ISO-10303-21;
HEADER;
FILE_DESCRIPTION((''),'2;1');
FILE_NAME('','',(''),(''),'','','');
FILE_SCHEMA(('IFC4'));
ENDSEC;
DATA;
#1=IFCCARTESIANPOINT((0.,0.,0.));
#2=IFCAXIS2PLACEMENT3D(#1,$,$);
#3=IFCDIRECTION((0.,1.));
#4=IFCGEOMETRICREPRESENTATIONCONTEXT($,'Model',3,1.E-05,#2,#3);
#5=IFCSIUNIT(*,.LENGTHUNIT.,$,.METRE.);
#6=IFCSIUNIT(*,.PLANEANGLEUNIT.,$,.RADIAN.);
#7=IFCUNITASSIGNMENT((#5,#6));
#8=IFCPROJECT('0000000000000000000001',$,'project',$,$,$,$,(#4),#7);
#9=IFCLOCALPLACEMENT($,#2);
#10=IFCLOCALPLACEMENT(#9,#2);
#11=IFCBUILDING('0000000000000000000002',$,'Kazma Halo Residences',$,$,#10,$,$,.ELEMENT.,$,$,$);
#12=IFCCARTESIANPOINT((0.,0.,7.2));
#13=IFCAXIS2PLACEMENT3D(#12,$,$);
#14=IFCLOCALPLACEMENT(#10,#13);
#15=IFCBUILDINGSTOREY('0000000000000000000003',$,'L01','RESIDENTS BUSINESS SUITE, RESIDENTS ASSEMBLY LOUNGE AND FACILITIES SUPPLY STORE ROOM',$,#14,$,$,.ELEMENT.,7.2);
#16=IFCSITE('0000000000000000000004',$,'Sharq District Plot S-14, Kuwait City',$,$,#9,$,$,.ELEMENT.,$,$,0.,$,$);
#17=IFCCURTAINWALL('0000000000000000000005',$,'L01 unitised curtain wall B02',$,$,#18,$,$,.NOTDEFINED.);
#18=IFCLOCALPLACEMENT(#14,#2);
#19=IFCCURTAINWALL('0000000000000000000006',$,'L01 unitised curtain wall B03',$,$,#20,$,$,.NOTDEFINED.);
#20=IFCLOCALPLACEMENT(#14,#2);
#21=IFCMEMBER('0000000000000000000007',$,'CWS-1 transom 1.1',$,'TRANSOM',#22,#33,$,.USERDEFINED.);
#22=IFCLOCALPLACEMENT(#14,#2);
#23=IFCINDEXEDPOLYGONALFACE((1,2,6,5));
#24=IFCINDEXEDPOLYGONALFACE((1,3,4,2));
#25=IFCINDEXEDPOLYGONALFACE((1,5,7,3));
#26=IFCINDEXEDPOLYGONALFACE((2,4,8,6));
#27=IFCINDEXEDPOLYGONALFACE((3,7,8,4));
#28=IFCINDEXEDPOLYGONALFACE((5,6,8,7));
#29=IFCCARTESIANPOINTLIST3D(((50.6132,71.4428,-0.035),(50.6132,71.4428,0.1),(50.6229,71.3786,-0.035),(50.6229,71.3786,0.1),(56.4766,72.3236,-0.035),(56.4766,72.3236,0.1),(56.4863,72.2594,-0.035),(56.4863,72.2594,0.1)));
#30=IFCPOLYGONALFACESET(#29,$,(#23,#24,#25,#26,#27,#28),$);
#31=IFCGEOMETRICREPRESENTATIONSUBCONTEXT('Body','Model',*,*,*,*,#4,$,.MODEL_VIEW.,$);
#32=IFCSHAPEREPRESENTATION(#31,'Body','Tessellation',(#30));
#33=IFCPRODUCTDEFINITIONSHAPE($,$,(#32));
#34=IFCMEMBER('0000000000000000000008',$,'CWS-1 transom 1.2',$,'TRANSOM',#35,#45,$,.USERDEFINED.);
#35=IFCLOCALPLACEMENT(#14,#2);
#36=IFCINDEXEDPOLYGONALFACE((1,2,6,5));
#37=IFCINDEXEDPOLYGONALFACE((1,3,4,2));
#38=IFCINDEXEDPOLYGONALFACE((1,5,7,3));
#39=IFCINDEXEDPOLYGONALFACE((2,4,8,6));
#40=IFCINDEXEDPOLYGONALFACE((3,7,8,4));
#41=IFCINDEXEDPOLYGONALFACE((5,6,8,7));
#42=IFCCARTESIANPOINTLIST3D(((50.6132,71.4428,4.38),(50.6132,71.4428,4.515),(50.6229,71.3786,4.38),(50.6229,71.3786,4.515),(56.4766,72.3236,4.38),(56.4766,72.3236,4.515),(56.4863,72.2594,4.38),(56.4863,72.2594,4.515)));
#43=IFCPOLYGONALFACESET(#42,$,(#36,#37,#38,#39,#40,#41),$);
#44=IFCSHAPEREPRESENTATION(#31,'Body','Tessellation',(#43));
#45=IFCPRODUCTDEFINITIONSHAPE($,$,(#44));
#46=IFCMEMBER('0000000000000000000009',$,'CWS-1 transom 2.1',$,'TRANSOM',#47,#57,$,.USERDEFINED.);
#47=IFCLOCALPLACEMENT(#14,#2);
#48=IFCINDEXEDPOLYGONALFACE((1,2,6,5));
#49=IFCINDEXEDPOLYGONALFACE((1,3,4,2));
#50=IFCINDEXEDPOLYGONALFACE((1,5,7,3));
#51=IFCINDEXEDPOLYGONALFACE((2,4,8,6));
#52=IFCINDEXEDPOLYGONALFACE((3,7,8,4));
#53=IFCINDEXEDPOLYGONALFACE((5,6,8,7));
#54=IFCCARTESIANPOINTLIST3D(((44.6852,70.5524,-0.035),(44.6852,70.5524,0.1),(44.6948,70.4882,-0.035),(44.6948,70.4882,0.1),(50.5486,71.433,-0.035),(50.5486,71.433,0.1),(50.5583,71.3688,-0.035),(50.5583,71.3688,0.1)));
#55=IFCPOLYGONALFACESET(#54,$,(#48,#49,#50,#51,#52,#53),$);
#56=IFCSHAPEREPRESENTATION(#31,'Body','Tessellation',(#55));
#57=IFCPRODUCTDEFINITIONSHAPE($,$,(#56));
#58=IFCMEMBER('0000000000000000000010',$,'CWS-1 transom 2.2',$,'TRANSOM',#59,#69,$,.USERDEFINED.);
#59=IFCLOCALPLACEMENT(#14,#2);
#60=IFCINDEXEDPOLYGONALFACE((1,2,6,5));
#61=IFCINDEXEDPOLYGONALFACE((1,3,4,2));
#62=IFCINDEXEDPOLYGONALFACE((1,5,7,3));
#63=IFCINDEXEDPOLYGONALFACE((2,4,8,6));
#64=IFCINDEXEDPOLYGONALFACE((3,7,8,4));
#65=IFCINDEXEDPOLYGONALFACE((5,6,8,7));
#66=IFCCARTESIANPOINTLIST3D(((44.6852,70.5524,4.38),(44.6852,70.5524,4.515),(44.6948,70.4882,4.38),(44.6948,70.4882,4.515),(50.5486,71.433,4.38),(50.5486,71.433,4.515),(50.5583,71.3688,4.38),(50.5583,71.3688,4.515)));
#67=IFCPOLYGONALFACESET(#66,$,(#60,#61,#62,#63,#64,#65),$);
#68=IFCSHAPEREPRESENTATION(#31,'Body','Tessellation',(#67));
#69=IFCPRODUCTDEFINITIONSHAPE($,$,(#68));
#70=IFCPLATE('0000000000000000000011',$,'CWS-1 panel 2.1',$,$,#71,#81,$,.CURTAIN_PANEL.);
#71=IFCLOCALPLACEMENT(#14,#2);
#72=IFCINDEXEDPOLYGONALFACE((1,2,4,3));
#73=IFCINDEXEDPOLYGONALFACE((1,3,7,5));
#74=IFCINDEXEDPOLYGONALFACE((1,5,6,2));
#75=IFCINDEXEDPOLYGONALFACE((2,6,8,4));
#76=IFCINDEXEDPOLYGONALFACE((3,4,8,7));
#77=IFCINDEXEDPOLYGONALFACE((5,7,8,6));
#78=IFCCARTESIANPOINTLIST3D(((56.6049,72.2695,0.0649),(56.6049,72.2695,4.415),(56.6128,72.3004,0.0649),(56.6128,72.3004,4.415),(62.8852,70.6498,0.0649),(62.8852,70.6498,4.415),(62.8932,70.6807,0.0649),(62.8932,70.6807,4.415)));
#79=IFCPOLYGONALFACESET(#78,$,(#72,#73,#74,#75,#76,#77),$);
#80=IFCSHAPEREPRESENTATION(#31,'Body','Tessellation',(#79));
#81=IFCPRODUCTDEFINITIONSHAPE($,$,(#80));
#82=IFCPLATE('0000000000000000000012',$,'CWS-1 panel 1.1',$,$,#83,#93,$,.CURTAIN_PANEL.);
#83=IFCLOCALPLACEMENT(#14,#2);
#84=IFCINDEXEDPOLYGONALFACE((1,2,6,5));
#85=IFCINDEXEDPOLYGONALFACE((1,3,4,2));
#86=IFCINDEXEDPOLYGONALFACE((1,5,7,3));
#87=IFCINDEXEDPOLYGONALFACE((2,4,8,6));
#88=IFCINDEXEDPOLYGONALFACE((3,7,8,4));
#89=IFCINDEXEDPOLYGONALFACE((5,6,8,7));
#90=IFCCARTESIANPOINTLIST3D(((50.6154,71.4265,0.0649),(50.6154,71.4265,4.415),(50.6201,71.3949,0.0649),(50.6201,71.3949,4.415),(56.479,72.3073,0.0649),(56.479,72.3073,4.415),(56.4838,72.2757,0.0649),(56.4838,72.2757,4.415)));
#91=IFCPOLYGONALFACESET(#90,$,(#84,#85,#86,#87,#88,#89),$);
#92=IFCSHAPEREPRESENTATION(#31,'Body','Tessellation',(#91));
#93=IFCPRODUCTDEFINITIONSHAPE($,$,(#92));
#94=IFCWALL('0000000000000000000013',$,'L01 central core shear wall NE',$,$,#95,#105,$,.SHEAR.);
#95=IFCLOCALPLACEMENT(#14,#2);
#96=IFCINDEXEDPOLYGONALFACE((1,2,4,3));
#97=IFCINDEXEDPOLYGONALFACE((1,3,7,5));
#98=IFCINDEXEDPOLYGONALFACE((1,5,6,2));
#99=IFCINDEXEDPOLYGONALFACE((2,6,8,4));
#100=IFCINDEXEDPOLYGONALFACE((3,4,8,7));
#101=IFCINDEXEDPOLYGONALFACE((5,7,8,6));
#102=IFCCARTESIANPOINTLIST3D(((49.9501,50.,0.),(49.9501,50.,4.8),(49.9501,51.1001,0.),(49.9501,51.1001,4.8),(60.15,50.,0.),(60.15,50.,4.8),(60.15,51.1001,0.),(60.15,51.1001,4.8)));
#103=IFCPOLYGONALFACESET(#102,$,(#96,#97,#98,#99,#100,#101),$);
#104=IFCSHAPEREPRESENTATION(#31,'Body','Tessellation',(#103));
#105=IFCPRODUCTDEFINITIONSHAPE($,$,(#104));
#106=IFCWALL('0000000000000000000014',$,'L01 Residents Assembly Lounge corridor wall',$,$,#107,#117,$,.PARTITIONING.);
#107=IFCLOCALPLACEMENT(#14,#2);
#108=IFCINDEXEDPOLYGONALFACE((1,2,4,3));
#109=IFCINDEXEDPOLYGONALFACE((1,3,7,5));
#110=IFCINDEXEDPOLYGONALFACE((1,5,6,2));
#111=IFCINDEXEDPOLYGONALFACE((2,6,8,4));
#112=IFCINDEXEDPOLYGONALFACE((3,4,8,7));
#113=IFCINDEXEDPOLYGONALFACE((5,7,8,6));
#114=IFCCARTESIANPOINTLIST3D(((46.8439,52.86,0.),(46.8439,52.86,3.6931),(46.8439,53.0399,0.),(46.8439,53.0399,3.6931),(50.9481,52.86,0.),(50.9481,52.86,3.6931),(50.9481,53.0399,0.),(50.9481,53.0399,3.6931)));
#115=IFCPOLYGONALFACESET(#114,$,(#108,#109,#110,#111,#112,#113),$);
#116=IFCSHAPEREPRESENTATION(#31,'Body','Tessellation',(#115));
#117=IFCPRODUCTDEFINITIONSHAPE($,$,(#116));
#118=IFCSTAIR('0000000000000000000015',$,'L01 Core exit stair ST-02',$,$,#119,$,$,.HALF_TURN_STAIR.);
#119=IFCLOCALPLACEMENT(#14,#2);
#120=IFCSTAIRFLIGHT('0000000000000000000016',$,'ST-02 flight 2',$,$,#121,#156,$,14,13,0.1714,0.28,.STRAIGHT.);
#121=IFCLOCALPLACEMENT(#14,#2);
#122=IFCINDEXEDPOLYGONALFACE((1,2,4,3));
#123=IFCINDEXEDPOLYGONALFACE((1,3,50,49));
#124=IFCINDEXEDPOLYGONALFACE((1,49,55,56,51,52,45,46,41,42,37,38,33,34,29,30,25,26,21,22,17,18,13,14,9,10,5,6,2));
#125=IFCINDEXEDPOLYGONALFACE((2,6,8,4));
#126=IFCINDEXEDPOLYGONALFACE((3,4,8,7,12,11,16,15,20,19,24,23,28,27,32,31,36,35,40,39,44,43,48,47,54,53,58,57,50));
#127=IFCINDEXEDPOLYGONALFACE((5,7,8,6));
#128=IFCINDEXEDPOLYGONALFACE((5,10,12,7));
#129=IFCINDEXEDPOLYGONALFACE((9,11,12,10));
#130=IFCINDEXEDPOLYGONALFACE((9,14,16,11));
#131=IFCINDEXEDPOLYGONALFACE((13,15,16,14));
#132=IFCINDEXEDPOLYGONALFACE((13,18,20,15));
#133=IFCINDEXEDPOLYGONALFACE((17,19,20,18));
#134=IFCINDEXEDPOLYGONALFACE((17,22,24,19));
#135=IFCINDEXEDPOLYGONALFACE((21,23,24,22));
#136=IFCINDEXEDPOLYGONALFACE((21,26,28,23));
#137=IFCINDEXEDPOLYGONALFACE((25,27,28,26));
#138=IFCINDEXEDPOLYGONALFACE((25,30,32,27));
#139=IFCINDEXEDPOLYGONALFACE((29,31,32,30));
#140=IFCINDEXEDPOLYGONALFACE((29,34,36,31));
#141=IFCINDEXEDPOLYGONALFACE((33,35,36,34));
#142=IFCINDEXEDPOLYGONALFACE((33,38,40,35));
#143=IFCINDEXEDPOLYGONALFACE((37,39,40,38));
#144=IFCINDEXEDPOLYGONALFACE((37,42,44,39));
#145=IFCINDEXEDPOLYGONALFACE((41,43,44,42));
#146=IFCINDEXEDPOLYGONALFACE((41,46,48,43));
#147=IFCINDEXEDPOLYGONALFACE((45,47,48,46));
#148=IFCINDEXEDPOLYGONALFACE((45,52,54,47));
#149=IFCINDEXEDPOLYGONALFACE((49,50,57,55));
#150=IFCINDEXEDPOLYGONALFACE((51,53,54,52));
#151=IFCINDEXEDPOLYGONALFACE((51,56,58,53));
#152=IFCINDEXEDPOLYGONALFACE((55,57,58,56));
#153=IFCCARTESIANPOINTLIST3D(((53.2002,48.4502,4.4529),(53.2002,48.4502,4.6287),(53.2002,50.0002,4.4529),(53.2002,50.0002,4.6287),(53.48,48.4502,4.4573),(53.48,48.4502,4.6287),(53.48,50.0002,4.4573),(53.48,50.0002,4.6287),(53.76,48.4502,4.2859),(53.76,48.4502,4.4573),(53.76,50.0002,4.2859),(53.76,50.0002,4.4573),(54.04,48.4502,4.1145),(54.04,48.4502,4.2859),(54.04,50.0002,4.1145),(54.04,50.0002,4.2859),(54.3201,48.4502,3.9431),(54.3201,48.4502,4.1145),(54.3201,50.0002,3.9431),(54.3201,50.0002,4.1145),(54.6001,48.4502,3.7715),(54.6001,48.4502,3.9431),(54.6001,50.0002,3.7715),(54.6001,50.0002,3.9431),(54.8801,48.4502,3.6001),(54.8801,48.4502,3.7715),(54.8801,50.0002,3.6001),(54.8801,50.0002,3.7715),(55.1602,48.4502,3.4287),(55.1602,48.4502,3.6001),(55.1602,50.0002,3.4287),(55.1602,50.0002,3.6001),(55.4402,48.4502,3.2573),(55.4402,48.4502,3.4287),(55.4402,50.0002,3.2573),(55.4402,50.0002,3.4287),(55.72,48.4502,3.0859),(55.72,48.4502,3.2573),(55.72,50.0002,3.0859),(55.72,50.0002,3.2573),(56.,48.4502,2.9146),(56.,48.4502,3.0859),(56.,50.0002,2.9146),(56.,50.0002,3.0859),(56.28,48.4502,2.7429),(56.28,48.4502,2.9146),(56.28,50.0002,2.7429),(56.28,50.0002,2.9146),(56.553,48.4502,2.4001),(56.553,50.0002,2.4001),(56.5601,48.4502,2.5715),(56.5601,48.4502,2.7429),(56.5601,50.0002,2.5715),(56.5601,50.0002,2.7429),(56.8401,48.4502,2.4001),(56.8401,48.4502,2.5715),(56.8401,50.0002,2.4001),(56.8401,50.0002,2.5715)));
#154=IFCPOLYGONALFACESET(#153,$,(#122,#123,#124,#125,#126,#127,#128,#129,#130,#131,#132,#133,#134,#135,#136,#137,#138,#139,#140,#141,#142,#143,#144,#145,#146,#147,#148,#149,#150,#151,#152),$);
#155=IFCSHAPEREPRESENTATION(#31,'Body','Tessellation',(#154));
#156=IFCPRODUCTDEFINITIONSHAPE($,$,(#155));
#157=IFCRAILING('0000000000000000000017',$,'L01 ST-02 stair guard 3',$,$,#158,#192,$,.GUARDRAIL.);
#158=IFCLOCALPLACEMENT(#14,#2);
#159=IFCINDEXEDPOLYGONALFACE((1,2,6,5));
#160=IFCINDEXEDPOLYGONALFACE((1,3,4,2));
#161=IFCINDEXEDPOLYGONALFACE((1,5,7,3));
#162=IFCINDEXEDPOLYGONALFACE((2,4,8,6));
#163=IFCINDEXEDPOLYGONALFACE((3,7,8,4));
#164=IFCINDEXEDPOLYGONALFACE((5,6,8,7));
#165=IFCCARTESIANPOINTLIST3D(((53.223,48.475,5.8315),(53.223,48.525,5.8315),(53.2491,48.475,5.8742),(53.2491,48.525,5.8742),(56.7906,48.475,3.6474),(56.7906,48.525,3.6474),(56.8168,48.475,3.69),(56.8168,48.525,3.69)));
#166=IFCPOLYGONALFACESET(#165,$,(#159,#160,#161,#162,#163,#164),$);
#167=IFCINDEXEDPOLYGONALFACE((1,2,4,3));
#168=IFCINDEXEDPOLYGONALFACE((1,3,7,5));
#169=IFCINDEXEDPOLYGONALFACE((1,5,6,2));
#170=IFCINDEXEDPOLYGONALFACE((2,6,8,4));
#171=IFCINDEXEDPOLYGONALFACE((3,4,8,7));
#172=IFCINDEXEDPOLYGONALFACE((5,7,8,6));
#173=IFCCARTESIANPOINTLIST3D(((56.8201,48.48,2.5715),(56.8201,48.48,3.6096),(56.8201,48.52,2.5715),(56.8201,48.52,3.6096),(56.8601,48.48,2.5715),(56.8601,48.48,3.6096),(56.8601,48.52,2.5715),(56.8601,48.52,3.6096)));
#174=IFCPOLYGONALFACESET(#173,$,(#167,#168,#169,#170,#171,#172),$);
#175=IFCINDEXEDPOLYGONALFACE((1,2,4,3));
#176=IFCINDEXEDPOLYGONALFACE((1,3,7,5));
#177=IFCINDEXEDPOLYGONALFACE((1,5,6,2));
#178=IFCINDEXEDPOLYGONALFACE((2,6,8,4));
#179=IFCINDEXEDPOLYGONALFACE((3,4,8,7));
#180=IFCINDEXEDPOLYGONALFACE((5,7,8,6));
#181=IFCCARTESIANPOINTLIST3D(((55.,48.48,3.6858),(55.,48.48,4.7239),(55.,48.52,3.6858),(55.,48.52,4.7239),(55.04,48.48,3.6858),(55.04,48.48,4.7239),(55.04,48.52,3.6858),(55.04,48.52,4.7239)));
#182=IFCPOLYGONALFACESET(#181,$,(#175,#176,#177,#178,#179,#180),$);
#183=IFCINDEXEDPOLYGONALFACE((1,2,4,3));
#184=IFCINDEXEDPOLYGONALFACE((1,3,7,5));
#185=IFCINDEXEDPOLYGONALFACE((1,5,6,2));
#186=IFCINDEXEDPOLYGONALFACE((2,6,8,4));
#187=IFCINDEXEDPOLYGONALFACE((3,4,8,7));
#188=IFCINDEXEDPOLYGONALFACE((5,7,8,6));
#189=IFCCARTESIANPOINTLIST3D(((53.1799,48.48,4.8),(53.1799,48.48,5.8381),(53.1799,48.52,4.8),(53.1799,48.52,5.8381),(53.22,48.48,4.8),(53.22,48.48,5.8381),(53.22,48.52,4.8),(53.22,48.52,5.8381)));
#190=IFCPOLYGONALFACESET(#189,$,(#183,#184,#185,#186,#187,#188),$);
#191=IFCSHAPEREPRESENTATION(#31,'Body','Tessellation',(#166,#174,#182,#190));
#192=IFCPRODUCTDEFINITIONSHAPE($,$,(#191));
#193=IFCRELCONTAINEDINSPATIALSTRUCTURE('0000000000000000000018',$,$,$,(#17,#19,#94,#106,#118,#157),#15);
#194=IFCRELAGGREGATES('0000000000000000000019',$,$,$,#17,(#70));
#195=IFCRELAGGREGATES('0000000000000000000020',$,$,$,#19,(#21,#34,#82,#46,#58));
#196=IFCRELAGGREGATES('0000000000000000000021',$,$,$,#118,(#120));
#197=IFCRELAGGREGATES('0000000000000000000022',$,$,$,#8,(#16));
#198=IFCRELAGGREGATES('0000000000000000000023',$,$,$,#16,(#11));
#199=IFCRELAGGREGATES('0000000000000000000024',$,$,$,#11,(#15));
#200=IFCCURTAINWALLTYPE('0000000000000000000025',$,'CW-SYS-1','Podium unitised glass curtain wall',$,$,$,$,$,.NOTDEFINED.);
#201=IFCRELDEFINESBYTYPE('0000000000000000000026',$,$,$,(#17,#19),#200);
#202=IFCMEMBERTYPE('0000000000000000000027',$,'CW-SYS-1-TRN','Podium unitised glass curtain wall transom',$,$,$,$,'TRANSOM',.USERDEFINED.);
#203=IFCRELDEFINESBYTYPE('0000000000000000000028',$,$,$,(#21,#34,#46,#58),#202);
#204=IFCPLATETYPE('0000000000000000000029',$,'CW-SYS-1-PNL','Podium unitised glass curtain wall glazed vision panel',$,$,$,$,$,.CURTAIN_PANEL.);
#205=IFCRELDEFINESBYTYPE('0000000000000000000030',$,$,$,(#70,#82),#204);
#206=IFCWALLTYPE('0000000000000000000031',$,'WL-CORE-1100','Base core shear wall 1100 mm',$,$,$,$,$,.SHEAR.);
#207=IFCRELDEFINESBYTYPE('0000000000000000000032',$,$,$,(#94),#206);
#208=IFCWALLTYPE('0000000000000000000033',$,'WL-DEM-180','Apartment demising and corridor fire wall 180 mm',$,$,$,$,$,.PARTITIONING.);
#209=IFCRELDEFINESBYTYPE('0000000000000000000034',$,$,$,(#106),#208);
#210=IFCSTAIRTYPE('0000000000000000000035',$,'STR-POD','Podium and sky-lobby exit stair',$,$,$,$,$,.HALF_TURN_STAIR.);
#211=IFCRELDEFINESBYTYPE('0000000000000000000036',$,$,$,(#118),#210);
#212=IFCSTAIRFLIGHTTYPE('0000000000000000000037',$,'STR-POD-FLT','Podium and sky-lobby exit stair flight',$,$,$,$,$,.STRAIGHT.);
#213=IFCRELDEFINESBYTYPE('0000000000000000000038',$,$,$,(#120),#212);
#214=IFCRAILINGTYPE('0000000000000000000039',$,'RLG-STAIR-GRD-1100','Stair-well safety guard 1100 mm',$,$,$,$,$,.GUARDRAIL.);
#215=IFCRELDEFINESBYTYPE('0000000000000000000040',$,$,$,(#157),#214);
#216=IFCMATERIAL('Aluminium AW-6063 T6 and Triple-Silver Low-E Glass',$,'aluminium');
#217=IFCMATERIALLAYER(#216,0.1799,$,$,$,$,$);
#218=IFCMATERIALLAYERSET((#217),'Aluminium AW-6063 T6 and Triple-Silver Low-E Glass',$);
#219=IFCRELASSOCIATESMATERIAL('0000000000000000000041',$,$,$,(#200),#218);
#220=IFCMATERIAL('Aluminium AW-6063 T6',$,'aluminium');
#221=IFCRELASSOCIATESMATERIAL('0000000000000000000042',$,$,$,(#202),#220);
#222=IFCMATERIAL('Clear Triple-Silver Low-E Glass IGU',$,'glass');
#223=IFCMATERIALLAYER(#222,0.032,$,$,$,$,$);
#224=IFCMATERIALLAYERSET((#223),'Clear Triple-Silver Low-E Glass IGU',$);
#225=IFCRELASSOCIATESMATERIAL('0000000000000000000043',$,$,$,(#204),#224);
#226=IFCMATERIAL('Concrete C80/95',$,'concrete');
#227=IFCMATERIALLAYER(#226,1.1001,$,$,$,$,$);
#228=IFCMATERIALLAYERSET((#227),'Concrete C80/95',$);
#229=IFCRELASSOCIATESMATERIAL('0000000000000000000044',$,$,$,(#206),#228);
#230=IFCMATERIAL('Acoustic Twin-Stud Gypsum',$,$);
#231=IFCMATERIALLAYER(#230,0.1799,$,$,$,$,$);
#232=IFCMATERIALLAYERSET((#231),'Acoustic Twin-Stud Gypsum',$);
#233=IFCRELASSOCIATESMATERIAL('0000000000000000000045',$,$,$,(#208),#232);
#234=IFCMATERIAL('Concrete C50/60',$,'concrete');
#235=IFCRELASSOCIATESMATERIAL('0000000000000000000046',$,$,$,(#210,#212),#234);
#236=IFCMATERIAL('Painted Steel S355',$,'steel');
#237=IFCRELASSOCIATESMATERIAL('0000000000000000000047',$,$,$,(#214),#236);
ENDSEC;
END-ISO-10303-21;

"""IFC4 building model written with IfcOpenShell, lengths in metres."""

from ifc_helpers import new_model, si_unit, direction, frame, frame_2d, origin, origin_2d, place, context, subcontext, project, spatial, polyline, rectangle, outline, extrude, material, layer, layer_set, material_profile, profile_set, type_object, element, aggregate, save


model = new_model("IFC4")

# Units and contexts
model_context = context("Model", 3, precision=1e-05, world=origin(), true_north=direction((0.0, 1.0)))
body_context = subcontext(model_context, "Body", "Model", "MODEL_VIEW")
ifc_project = project(units=[si_unit("LENGTHUNIT", "METRE"), si_unit("PLANEANGLEUNIT", "RADIAN")], contexts=[model_context])

# Site, building, storey
site_placement = place(None, origin())
site = spatial("IfcSite", under=ifc_project, at=site_placement, Name="Sharq District Plot S-14, Kuwait City", CompositionType="ELEMENT", RefElevation=0.0)
building_placement = place(site_placement, origin())
building = spatial("IfcBuilding", under=site, at=building_placement, Name="Kazma Halo Residences", CompositionType="ELEMENT")
storey_placement = place(building_placement, frame((0.0, 0.0, 7.2)))
storey = spatial("IfcBuildingStorey", under=building, at=storey_placement, Name="L01", Description="RESIDENTS BUSINESS SUITE, RESIDENTS ASSEMBLY LOUNGE AND FACILITIES SUPPLY STORE ROOM", CompositionType="ELEMENT", Elevation=7.2)

# Shared definitions
ifc_material_1 = material(Name="Concrete C80/95", Category="concrete")

# Curtain wall
ifc_material_2 = material(Name="Aluminium AW-6063 T6 and Triple-Silver Low-E Glass", Category="aluminium")
ifc_layer_1 = layer(ifc_material_2, 0.1799)
ifc_layer_set_1 = layer_set([ifc_layer_1], Name="Aluminium AW-6063 T6 and Triple-Silver Low-E Glass")
curtain_wall_type = type_object("IfcCurtainWallType", Name="CW-SYS-1", Description="Podium unitised glass curtain wall", PredefinedType="NOTDEFINED", material=ifc_layer_set_1)
curtain_wall_1_placement = place(storey_placement, origin())
curtain_wall_1 = element("IfcCurtainWall", 1, at=curtain_wall_1_placement, inside=storey, type_object=curtain_wall_type, Name="L01 unitised curtain wall B02", PredefinedType="NOTDEFINED")
ifc_material_3 = material(Name="Aluminium AW-6063 T6", Category="aluminium")

# Curtain wall, members
curtain_wall_2_placement = place(storey_placement, origin())
curtain_wall_2 = element("IfcCurtainWall", 2, at=curtain_wall_2_placement, inside=storey, type_object=curtain_wall_type, Name="L01 unitised curtain wall B03", PredefinedType="NOTDEFINED")
ifc_material_profile_1 = material_profile(ifc_material_3, rectangle(XDim=0.0649, YDim=0.135, at=origin_2d()), Name="CWT-65x135")
ifc_profile_set_1 = profile_set([ifc_material_profile_1], Name="Aluminium AW-6063 T6")
member_type_1 = type_object("IfcMemberType", Name="CW-SYS-1-TRN", Description="Podium unitised glass curtain wall transom", ElementType="TRANSOM", PredefinedType="USERDEFINED", material=ifc_profile_set_1)
member_1_placement = place(storey_placement, frame((56.4814, 72.2915, 0.0325), z_axis=(-0.988903, -0.14856, 0.0), x_axis=(0.14856, -0.988903, 0.0)))
member_1 = element("IfcMember", 3, at=member_1_placement, type_object=member_type_1, Name="CWS-1 transom 1.1", ObjectType="TRANSOM", PredefinedType="USERDEFINED", context=body_context, shape_type="SweptSolid", body=[
    extrude(rectangle(XDim=0.0649, YDim=0.135, at=origin_2d()), origin(), (0.0, 0.0, 1.0), 5.9292),
])
member_2_placement = place(storey_placement, frame((56.4814, 72.2915, 4.4475), z_axis=(-0.988903, -0.14856, 0.0), x_axis=(0.14856, -0.988903, 0.0)))
member_2 = element("IfcMember", 4, at=member_2_placement, type_object=member_type_1, Name="CWS-1 transom 1.2", ObjectType="TRANSOM", PredefinedType="USERDEFINED", context=body_context, shape_type="SweptSolid", body=[
    extrude(rectangle(XDim=0.0649, YDim=0.135, at=origin_2d()), origin(), (0.0, 0.0, 1.0), 5.9292),
])
member_3_placement = place(storey_placement, frame((50.5535, 71.4009, 0.0325), z_axis=(-0.988909, -0.14852, 0.0), x_axis=(0.14852, -0.988909, 0.0)))
member_3 = element("IfcMember", 5, at=member_3_placement, type_object=member_type_1, Name="CWS-1 transom 2.1", ObjectType="TRANSOM", PredefinedType="USERDEFINED", context=body_context, shape_type="SweptSolid", body=[
    extrude(rectangle(XDim=0.0649, YDim=0.135, at=origin_2d()), origin(), (0.0, 0.0, 1.0), 5.9292),
])
member_4_placement = place(storey_placement, frame((50.5535, 71.4009, 4.4475), z_axis=(-0.988909, -0.14852, 0.0), x_axis=(0.14852, -0.988909, 0.0)))
member_4 = element("IfcMember", 6, at=member_4_placement, type_object=member_type_1, Name="CWS-1 transom 2.2", ObjectType="TRANSOM", PredefinedType="USERDEFINED", context=body_context, shape_type="SweptSolid", body=[
    extrude(rectangle(XDim=0.0649, YDim=0.135, at=origin_2d()), origin(), (0.0, 0.0, 1.0), 5.9292),
])

# Plates
ifc_material_4 = material(Name="Clear Triple-Silver Low-E Glass IGU", Category="glass")
ifc_layer_2 = layer(ifc_material_4, 0.032)
ifc_layer_set_2 = layer_set([ifc_layer_2], Name="Clear Triple-Silver Low-E Glass IGU")
plate_type = type_object("IfcPlateType", Name="CW-SYS-1-PNL", Description="Podium unitised glass curtain wall glazed vision panel", PredefinedType="CURTAIN_PANEL", material=ifc_layer_set_2)
plate_1_placement = place(storey_placement, frame((59.749, 71.4751, 0.0649), z_axis=(0.0, 0.0, 1.0), x_axis=(-0.968316, 0.249727, 0.0)))
plate_1 = element("IfcPlate", 7, at=plate_1_placement, type_object=plate_type, Name="CWS-1 panel 2.1", PredefinedType="CURTAIN_PANEL", context=body_context, shape_type="SweptSolid", body=[
    extrude(rectangle(XDim=6.4858, YDim=0.032, at=origin_2d()), origin(), (0.0, 0.0, 1.0), 4.3501),
])
aggregate(curtain_wall_1, [plate_1])
plate_2_placement = place(storey_placement, frame((53.5496, 71.8511, 0.0649), z_axis=(0.0, 0.0, 1.0), x_axis=(-0.988905, -0.148549, 0.0)))
plate_2 = element("IfcPlate", 8, at=plate_2_placement, type_object=plate_type, Name="CWS-1 panel 1.1", PredefinedType="CURTAIN_PANEL", context=body_context, shape_type="SweptSolid", body=[
    extrude(rectangle(XDim=5.9294, YDim=0.032, at=origin_2d()), origin(), (0.0, 0.0, 1.0), 4.3501),
])
aggregate(curtain_wall_2, [member_1, member_2, plate_2, member_3, member_4])

# Wall
ifc_layer_3 = layer(ifc_material_1, 1.1001)
ifc_layer_set_3 = layer_set([ifc_layer_3], Name="Concrete C80/95")
wall_type_1 = type_object("IfcWallType", Name="WL-CORE-1100", Description="Base core shear wall 1100 mm", PredefinedType="SHEAR", material=ifc_layer_set_3)
wall_1_placement = place(storey_placement, frame((49.95, 50.55, 0.0), z_axis=(0.0, 0.0, 1.0), x_axis=(1.0, 0.0, 0.0)))
element("IfcWall", 9, at=wall_1_placement, inside=storey, type_object=wall_type_1, Name="L01 central core shear wall NE", PredefinedType="SHEAR", context=body_context, shape_type="SweptSolid", body=[
    extrude(rectangle(XDim=10.2, YDim=1.1001, at=frame_2d((5.1001, 0.0))), origin(), (0.0, 0.0, 1.0), 4.8),
])

# Shared definitions
ifc_material_5 = material(Name="Acoustic Twin-Stud Gypsum")
ifc_layer_4 = layer(ifc_material_5, 0.1799)
ifc_layer_set_4 = layer_set([ifc_layer_4], Name="Acoustic Twin-Stud Gypsum")
wall_type_2 = type_object("IfcWallType", Name="WL-DEM-180", Description="Apartment demising and corridor fire wall 180 mm", PredefinedType="PARTITIONING", material=ifc_layer_set_4)

# Wall
wall_2_placement = place(storey_placement, frame((50.9482, 52.95, 0.0), z_axis=(0.0, 0.0, 1.0), x_axis=(-1.0, 0.0, 0.0)))
element("IfcWall", 10, at=wall_2_placement, inside=storey, type_object=wall_type_2, Name="L01 Residents Assembly Lounge corridor wall", PredefinedType="PARTITIONING", context=body_context, shape_type="SweptSolid", body=[
    extrude(rectangle(XDim=4.1042, YDim=0.1799, at=frame_2d((2.0522, 0.0))), origin(), (0.0, 0.0, 1.0), 3.6931),
])

# Stair, stair flight
ifc_material_6 = material(Name="Concrete C50/60", Category="concrete")
stair_type = type_object("IfcStairType", Name="STR-POD", Description="Podium and sky-lobby exit stair", PredefinedType="HALF_TURN_STAIR", material=ifc_material_6)
stair_placement = place(storey_placement, origin())
stair = element("IfcStair", 11, at=stair_placement, inside=storey, type_object=stair_type, Name="L01 Core exit stair ST-02", PredefinedType="HALF_TURN_STAIR")
stair_flight_type = type_object("IfcStairFlightType", Name="STR-POD-FLT", Description="Podium and sky-lobby exit stair flight", PredefinedType="STRAIGHT", material=ifc_material_6)
stair_flight_placement = place(storey_placement, frame((56.8401, 49.2251, 2.4001), z_axis=(0.0, 0.0, 1.0), x_axis=(-1.0, 0.0, 0.0)))
stair_flight = element("IfcStairFlight", 12, at=stair_flight_placement, type_object=stair_flight_type, Name="ST-02 flight 2", NumberOfRisers=14, NumberOfTreads=13, PredefinedType="STRAIGHT", RiserHeight=0.1714, TreadLength=0.28, context=body_context, shape_type="SweptSolid", body=[
    extrude(outline(polyline([(0.0, 0.0), (0.0, 0.1714), (0.28, 0.1714), (0.28, 0.3428), (0.5601, 0.3428), (0.5601, 0.5144), (0.8401, 0.5144), (0.8401, 0.6858), (1.1201, 0.6858), (1.1201, 0.8572), (1.3999, 0.8572), (1.3999, 1.0286), (1.6799, 1.0286), (1.6799, 1.2), (1.96, 1.2), (1.96, 1.3713), (2.24, 1.3713), (2.24, 1.543), (2.52, 1.543), (2.52, 1.7144), (2.8, 1.7144), (2.8, 1.8857), (3.0801, 1.8857), (3.0801, 2.0571), (3.3601, 2.0571), (3.3601, 2.2285), (3.6399, 2.2285), (3.6399, 2.3999), (3.6399, 2.0527), (0.2871, 0.0), (0.0, 0.0)])), frame((0.0, 0.7749, 0.0), z_axis=(0.0, -1.0, 0.0), x_axis=(1.0, 0.0, 0.0)), (0.0, 0.0, 1.0), 1.55),
])
aggregate(stair, [stair_flight])

# Railing
ifc_material_7 = material(Name="Painted Steel S355", Category="steel")
railing_type_1 = type_object("IfcRailingType", Name="RLG-STAIR-GRD-1100", Description="Stair-well safety guard 1100 mm", PredefinedType="GUARDRAIL", material=ifc_material_7)
railing_1_placement = place(storey_placement, frame((56.8401, 48.5, 2.5715)))
element("IfcRailing", 13, at=railing_1_placement, inside=storey, type_object=railing_type_1, Name="L01 ST-02 stair guard 3", PredefinedType="GUARDRAIL", context=body_context, shape_type="SweptSolid", body=[
    extrude(rectangle(XDim=0.05, YDim=0.05, at=origin_2d()), frame((-0.0364, 0.0, 1.0972), z_axis=(-0.852866, 0.0, 0.52213), x_axis=(0.0, -1.0, 0.0)), (0.0, 0.0, 1.0), 4.1831),
    extrude(rectangle(XDim=0.04, YDim=0.04, at=origin_2d()), origin(), (0.0, 0.0, 1.0), 1.0381),
    extrude(rectangle(XDim=0.04, YDim=0.04, at=origin_2d()), frame((-1.8201, 0.0, 1.1143)), (0.0, 0.0, 1.0), 1.0381),
    extrude(rectangle(XDim=0.04, YDim=0.04, at=origin_2d()), frame((-3.6401, 0.0, 2.2285)), (0.0, 0.0, 1.0), 1.0381),
])

save(model, "model.ifc")
